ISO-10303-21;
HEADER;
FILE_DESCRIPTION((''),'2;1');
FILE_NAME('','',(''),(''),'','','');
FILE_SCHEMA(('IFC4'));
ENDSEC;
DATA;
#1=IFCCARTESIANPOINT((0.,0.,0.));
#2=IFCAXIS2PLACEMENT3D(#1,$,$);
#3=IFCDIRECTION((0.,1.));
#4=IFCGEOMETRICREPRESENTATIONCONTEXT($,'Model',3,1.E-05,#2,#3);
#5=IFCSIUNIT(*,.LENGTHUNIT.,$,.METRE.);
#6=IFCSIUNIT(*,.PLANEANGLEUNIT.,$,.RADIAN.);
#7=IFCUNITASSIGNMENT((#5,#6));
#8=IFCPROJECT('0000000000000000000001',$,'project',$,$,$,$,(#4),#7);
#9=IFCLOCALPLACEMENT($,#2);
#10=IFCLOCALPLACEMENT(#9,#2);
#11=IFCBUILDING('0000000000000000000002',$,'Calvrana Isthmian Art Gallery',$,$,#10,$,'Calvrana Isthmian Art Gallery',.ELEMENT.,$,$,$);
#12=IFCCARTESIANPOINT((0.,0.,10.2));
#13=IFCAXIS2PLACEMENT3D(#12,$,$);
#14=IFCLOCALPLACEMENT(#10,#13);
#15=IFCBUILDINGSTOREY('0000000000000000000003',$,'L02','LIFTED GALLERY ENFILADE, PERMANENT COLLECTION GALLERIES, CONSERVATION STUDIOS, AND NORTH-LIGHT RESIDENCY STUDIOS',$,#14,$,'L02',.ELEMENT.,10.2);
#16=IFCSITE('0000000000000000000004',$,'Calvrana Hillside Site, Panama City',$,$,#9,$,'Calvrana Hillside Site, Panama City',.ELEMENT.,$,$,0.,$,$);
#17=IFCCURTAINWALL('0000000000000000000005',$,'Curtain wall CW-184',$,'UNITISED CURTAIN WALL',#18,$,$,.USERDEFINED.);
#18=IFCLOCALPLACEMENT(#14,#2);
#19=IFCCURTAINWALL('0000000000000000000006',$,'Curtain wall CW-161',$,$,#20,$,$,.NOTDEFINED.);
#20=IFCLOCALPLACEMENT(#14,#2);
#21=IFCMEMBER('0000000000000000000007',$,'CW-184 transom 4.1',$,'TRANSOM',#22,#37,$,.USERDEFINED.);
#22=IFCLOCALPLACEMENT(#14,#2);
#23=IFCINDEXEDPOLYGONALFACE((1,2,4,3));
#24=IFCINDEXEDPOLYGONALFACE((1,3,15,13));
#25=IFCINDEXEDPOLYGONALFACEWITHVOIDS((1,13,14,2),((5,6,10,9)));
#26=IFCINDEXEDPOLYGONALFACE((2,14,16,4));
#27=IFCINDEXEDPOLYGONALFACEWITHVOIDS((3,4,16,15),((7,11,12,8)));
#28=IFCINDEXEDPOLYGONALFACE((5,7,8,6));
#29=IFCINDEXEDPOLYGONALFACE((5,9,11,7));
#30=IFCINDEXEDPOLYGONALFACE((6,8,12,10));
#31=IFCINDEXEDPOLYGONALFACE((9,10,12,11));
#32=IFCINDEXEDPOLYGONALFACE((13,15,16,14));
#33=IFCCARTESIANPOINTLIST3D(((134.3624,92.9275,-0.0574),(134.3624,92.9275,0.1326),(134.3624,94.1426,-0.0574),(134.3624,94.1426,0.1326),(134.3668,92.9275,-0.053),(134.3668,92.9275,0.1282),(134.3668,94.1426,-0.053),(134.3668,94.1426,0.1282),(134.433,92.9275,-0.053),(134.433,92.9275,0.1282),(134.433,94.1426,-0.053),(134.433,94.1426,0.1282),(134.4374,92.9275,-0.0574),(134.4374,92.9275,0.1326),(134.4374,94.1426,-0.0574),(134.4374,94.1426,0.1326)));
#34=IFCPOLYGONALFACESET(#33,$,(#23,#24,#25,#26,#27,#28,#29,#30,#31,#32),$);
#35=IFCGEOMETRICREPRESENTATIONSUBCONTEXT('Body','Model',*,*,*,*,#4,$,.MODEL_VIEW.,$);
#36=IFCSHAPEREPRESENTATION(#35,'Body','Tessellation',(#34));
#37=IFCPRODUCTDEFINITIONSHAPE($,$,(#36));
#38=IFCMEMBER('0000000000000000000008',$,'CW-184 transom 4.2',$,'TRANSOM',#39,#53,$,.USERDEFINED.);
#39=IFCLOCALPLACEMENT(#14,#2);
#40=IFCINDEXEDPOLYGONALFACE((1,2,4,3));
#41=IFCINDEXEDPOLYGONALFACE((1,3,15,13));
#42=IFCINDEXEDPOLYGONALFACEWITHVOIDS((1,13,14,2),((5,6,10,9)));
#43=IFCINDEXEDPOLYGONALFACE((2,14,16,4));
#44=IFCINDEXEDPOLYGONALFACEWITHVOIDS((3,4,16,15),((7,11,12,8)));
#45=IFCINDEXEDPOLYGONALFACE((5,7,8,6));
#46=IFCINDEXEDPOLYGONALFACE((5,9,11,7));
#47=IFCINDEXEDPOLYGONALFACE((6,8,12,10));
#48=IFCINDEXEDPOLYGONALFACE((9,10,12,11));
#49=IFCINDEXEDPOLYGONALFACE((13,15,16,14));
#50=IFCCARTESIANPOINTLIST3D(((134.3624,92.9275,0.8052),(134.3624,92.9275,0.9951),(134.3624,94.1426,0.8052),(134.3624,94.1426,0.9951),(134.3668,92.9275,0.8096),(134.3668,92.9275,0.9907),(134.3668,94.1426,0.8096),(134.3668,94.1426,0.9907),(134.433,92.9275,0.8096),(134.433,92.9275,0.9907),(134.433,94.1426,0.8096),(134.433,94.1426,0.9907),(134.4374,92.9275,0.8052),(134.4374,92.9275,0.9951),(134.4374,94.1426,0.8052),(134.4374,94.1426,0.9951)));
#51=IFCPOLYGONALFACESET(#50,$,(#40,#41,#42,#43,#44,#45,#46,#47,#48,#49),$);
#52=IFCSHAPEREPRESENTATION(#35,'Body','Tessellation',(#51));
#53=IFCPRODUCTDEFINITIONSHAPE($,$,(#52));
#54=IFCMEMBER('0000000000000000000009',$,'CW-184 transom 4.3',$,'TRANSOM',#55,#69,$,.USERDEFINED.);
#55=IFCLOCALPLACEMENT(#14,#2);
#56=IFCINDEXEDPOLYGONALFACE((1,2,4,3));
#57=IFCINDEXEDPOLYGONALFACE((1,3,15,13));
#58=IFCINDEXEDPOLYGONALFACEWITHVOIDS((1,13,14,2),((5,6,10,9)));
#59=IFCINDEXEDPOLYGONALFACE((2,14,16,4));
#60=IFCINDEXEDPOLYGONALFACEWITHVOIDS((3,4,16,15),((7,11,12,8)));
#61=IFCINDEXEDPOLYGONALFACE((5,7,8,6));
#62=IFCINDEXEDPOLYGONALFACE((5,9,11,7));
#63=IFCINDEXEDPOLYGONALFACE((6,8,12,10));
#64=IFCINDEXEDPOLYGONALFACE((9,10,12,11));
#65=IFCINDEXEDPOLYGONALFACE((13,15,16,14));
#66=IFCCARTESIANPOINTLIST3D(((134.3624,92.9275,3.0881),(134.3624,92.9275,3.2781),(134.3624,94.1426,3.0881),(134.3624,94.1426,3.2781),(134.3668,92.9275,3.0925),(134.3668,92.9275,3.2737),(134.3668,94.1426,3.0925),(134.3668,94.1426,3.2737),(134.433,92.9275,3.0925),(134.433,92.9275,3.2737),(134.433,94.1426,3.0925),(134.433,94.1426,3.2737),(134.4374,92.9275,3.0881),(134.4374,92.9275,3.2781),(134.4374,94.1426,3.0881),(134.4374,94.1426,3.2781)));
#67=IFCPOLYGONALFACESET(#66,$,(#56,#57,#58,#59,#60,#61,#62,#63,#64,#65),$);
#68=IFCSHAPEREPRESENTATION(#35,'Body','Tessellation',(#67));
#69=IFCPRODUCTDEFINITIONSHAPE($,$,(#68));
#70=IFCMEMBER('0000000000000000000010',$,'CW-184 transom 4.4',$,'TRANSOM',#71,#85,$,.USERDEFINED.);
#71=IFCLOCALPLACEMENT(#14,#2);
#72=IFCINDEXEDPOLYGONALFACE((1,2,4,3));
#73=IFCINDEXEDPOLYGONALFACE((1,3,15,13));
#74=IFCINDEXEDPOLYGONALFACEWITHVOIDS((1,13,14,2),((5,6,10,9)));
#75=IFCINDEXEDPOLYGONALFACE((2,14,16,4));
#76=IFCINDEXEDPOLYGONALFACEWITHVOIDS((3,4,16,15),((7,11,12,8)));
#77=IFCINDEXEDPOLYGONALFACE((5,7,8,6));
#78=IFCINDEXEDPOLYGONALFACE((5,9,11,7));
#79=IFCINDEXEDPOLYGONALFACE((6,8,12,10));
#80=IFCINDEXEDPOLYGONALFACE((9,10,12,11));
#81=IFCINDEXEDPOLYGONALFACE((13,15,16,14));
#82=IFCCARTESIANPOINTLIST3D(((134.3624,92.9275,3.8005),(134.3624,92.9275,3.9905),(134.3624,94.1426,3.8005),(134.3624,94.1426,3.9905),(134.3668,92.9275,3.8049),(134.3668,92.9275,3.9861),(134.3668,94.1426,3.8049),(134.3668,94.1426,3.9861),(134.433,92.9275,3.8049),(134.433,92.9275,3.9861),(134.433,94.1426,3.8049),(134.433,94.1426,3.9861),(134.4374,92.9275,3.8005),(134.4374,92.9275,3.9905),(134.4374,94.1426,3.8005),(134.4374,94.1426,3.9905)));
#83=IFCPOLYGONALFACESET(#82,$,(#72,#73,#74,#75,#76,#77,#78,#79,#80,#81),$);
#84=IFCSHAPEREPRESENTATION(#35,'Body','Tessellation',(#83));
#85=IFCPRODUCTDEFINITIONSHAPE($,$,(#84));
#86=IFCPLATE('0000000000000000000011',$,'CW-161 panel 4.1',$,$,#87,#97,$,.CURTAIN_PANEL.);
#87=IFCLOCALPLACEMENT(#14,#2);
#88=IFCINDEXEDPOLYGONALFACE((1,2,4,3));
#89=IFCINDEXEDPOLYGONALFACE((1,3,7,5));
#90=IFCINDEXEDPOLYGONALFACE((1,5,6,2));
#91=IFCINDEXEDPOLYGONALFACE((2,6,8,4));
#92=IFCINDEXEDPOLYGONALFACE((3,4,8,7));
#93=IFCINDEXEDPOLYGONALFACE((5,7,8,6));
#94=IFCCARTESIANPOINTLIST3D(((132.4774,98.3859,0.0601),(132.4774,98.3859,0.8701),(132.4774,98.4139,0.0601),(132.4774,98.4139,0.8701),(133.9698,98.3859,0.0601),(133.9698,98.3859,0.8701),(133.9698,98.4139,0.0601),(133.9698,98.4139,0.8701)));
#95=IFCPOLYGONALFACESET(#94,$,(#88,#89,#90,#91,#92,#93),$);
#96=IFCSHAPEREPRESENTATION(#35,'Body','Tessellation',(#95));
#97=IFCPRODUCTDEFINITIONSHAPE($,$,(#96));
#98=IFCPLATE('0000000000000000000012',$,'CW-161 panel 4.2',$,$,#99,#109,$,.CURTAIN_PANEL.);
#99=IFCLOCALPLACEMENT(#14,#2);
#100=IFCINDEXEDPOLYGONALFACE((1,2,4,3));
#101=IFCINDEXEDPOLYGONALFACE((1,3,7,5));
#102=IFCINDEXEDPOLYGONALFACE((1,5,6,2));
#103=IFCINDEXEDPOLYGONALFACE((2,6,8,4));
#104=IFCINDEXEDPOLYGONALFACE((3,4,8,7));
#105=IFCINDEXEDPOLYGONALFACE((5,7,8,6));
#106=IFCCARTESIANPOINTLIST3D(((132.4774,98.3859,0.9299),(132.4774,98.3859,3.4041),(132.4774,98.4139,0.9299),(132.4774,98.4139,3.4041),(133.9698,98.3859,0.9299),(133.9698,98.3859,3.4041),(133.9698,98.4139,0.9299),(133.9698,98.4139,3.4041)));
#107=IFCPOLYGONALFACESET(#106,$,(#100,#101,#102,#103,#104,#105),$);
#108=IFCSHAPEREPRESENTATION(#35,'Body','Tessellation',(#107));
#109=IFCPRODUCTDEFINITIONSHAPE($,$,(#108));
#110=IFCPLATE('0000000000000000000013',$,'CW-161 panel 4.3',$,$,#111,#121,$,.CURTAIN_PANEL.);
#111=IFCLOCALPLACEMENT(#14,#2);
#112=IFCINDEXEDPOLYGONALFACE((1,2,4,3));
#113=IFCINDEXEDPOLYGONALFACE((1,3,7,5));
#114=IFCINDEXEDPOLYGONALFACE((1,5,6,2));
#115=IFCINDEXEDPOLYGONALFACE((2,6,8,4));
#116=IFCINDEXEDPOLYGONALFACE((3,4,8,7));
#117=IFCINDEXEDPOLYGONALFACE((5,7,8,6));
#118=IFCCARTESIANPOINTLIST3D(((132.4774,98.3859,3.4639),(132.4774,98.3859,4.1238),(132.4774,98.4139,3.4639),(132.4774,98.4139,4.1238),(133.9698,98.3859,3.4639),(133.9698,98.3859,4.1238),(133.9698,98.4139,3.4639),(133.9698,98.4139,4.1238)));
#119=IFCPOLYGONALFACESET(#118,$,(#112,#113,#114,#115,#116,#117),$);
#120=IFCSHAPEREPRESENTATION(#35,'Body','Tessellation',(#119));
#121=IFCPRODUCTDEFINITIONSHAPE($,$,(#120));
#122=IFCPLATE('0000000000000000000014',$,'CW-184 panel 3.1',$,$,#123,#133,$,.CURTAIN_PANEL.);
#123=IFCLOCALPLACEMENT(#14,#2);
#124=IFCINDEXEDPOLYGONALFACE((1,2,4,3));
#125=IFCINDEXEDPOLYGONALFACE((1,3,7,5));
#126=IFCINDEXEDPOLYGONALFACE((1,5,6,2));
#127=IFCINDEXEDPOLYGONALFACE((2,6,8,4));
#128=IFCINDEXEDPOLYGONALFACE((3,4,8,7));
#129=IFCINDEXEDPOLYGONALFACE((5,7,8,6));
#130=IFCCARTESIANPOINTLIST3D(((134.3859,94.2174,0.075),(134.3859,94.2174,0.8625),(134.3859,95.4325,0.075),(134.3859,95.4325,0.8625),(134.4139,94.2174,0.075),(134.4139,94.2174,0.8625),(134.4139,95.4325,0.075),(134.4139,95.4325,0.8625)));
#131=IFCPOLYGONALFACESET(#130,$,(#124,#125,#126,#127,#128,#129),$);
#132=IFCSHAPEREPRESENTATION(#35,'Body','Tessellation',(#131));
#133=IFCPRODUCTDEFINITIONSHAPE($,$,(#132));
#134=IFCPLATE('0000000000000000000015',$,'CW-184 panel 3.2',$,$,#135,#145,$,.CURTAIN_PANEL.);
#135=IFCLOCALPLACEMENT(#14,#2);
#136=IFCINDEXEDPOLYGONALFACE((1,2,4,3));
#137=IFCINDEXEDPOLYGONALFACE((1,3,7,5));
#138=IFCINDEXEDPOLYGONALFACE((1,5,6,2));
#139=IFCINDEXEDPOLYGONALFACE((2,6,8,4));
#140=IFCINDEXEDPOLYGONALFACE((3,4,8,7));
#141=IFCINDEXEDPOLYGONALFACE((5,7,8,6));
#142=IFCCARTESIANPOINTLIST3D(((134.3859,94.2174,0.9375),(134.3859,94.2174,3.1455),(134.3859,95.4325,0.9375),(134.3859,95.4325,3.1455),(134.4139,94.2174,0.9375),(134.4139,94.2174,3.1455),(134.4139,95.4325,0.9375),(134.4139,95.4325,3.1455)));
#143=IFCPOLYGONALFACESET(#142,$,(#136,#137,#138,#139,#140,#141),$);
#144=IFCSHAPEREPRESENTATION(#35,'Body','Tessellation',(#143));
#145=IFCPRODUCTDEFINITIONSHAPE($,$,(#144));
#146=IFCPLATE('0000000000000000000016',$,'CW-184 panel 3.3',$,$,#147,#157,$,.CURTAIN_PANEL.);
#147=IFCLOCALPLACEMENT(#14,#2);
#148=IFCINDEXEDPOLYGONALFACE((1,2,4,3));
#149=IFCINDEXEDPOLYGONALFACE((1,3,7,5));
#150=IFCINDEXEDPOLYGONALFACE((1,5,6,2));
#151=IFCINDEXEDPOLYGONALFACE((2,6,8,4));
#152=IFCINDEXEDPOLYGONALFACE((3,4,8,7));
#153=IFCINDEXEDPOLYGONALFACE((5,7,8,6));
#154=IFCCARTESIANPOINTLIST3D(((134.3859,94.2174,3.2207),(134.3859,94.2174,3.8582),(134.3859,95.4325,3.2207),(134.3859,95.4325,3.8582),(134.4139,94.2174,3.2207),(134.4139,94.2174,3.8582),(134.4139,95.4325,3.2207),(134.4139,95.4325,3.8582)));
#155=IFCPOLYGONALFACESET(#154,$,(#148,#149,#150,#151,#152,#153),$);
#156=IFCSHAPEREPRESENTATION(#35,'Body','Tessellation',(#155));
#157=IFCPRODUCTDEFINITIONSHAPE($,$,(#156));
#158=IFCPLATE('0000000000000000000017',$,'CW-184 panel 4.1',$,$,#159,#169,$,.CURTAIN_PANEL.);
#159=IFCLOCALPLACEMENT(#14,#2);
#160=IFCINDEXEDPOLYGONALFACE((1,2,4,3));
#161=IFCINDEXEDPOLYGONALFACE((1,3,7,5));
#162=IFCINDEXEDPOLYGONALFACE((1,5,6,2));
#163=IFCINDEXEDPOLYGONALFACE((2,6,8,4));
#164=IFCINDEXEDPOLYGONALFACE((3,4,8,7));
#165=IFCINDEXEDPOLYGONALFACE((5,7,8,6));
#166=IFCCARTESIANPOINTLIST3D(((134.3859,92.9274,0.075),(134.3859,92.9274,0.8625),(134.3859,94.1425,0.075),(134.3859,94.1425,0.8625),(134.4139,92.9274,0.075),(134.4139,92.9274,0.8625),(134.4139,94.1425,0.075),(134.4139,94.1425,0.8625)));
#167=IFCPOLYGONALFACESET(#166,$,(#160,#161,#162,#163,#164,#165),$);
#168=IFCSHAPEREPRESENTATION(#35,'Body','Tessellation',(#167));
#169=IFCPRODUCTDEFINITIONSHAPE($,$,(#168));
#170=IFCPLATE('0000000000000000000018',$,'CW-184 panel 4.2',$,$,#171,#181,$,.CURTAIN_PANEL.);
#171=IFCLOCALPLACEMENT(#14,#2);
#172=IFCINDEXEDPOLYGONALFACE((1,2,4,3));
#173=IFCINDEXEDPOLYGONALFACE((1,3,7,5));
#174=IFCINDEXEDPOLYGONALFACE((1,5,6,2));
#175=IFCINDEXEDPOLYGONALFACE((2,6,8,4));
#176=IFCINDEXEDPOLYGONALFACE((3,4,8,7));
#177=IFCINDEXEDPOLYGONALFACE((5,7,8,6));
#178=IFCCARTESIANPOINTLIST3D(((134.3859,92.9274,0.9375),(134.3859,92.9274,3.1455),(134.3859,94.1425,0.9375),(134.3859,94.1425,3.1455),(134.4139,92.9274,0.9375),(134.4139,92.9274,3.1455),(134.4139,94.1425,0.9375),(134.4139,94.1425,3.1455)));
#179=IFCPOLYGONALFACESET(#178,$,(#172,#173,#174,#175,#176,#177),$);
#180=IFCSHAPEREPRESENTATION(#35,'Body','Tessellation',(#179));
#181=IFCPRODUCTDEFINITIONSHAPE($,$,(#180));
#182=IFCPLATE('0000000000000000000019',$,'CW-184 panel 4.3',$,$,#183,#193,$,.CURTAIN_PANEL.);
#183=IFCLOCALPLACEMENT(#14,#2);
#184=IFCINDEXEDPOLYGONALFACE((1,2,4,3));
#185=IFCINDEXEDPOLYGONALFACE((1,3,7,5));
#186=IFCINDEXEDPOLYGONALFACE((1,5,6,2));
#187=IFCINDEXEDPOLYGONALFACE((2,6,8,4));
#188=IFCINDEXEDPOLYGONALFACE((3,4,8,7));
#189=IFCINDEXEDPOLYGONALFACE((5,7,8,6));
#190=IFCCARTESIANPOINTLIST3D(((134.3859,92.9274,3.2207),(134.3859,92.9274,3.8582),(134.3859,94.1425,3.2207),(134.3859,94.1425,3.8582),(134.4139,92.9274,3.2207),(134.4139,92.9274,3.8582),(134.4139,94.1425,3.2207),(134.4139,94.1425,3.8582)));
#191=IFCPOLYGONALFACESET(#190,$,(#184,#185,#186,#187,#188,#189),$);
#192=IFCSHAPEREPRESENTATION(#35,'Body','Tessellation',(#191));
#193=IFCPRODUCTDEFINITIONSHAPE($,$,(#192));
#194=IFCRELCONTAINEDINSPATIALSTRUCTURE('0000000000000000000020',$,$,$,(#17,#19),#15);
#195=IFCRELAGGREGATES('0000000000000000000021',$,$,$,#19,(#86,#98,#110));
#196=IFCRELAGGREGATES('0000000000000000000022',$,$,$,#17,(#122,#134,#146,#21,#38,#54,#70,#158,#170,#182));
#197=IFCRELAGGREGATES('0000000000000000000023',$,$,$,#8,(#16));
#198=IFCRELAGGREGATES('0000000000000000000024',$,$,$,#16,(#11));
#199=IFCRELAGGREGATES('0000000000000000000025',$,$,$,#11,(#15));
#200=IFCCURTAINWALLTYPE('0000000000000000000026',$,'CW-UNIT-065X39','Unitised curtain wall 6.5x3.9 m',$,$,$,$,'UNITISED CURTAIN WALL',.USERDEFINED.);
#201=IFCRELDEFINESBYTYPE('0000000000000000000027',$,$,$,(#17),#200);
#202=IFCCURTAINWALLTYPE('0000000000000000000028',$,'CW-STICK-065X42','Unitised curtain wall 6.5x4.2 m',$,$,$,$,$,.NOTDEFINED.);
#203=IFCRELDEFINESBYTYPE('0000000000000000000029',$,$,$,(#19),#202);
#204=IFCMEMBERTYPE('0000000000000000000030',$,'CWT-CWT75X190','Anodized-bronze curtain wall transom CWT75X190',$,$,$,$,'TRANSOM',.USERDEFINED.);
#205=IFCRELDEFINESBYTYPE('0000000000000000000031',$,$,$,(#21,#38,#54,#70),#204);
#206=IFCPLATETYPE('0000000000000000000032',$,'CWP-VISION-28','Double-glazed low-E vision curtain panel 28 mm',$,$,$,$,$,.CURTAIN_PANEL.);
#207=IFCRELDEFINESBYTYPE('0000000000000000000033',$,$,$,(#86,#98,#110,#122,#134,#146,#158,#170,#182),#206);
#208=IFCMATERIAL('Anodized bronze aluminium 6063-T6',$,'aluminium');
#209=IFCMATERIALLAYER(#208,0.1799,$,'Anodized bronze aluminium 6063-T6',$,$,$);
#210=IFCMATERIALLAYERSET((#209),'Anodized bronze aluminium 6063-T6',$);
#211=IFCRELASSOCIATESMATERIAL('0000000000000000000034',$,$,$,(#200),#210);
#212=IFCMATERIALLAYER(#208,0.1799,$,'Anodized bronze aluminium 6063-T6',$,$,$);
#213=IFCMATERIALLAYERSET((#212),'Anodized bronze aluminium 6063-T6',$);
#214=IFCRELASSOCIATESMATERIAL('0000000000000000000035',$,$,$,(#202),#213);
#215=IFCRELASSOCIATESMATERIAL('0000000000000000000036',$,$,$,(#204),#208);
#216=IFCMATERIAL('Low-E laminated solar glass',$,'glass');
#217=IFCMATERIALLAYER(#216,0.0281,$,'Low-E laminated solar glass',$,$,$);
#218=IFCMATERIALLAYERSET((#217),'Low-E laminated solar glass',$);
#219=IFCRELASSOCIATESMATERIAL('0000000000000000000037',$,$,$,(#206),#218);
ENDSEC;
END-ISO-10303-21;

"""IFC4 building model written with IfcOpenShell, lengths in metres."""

from ifc_helpers import new_model, si_unit, direction, frame, origin, origin_2d, place, context, subcontext, project, spatial, rectangle, hollow_rectangle, extrude, material, layer, layer_set, material_profile, profile_set, type_object, element, aggregate, save


model = new_model("IFC4")

# Units and contexts
model_context = context("Model", 3, precision=1e-05, world=origin(), true_north=direction((0.0, 1.0)))
body_context = subcontext(model_context, "Body", "Model", "MODEL_VIEW")
ifc_project = project(units=[si_unit("LENGTHUNIT", "METRE"), si_unit("PLANEANGLEUNIT", "RADIAN")], contexts=[model_context])

# Site, building, storey
site_placement = place(None, origin())
site = spatial("IfcSite", under=ifc_project, at=site_placement, Name="Calvrana Hillside Site, Panama City", LongName="Calvrana Hillside Site, Panama City", CompositionType="ELEMENT", RefElevation=0.0)
building_placement = place(site_placement, origin())
building = spatial("IfcBuilding", under=site, at=building_placement, Name="Calvrana Isthmian Art Gallery", LongName="Calvrana Isthmian Art Gallery", CompositionType="ELEMENT")
storey_placement = place(building_placement, frame((0.0, 0.0, 10.2)))
storey = spatial("IfcBuildingStorey", under=building, at=storey_placement, Name="L02", Description="LIFTED GALLERY ENFILADE, PERMANENT COLLECTION GALLERIES, CONSERVATION STUDIOS, AND NORTH-LIGHT RESIDENCY STUDIOS", LongName="L02", CompositionType="ELEMENT", Elevation=10.2)

# Curtain wall
ifc_material_1 = material(Name="Anodized bronze aluminium 6063-T6", Category="aluminium")
ifc_layer_1 = layer(ifc_material_1, 0.1799, Name="Anodized bronze aluminium 6063-T6")
ifc_layer_set_1 = layer_set([ifc_layer_1], Name="Anodized bronze aluminium 6063-T6")
curtain_wall_type_1 = type_object("IfcCurtainWallType", Name="CW-UNIT-065X39", Description="Unitised curtain wall 6.5x3.9 m", ElementType="UNITISED CURTAIN WALL", PredefinedType="USERDEFINED", material=ifc_layer_set_1)
curtain_wall_1_placement = place(storey_placement, origin())
curtain_wall_1 = element("IfcCurtainWall", 1, at=curtain_wall_1_placement, inside=storey, type_object=curtain_wall_type_1, Name="Curtain wall CW-184", ObjectType="UNITISED CURTAIN WALL", PredefinedType="USERDEFINED")

# Curtain wall
ifc_layer_2 = layer(ifc_material_1, 0.1799, Name="Anodized bronze aluminium 6063-T6")
ifc_layer_set_2 = layer_set([ifc_layer_2], Name="Anodized bronze aluminium 6063-T6")
curtain_wall_type_2 = type_object("IfcCurtainWallType", Name="CW-STICK-065X42", Description="Unitised curtain wall 6.5x4.2 m", PredefinedType="NOTDEFINED", material=ifc_layer_set_2)
curtain_wall_2_placement = place(storey_placement, origin())
curtain_wall_2 = element("IfcCurtainWall", 2, at=curtain_wall_2_placement, inside=storey, type_object=curtain_wall_type_2, Name="Curtain wall CW-161", PredefinedType="NOTDEFINED")

# Members
ifc_material_profile_1 = material_profile(ifc_material_1, hollow_rectangle(XDim=0.075, YDim=0.1899, WallThickness=0.0044, at=origin_2d()), Name="CWT75X190")
ifc_profile_set_1 = profile_set([ifc_material_profile_1], Name="Anodized bronze aluminium 6063-T6")
member_type_1 = type_object("IfcMemberType", Name="CWT-CWT75X190", Description="Anodized-bronze curtain wall transom CWT75X190", ElementType="TRANSOM", PredefinedType="USERDEFINED", material=ifc_profile_set_1)
member_1_placement = place(storey_placement, frame((134.3999, 94.1426, 0.0376), z_axis=(0.0, -1.0, 0.0), x_axis=(1.0, 0.0, 0.0)))
member_1 = element("IfcMember", 3, at=member_1_placement, type_object=member_type_1, Name="CW-184 transom 4.1", ObjectType="TRANSOM", PredefinedType="USERDEFINED", context=body_context, shape_type="SweptSolid", body=[
    extrude(hollow_rectangle(XDim=0.075, YDim=0.1899, WallThickness=0.0044, at=origin_2d()), origin(), (0.0, 0.0, 1.0), 1.2151),
])
member_2_placement = place(storey_placement, frame((134.3999, 94.1426, 0.9001), z_axis=(0.0, -1.0, 0.0), x_axis=(1.0, 0.0, 0.0)))
member_2 = element("IfcMember", 4, at=member_2_placement, type_object=member_type_1, Name="CW-184 transom 4.2", ObjectType="TRANSOM", PredefinedType="USERDEFINED", context=body_context, shape_type="SweptSolid", body=[
    extrude(hollow_rectangle(XDim=0.075, YDim=0.1899, WallThickness=0.0044, at=origin_2d()), origin(), (0.0, 0.0, 1.0), 1.2151),
])
member_3_placement = place(storey_placement, frame((134.3999, 94.1426, 3.1831), z_axis=(0.0, -1.0, 0.0), x_axis=(1.0, 0.0, 0.0)))
member_3 = element("IfcMember", 5, at=member_3_placement, type_object=member_type_1, Name="CW-184 transom 4.3", ObjectType="TRANSOM", PredefinedType="USERDEFINED", context=body_context, shape_type="SweptSolid", body=[
    extrude(hollow_rectangle(XDim=0.075, YDim=0.1899, WallThickness=0.0044, at=origin_2d()), origin(), (0.0, 0.0, 1.0), 1.2151),
])
member_4_placement = place(storey_placement, frame((134.3999, 94.1426, 3.8955), z_axis=(0.0, -1.0, 0.0), x_axis=(1.0, 0.0, 0.0)))
member_4 = element("IfcMember", 6, at=member_4_placement, type_object=member_type_1, Name="CW-184 transom 4.4", ObjectType="TRANSOM", PredefinedType="USERDEFINED", context=body_context, shape_type="SweptSolid", body=[
    extrude(hollow_rectangle(XDim=0.075, YDim=0.1899, WallThickness=0.0044, at=origin_2d()), origin(), (0.0, 0.0, 1.0), 1.2151),
])

# Plates
ifc_material_2 = material(Name="Low-E laminated solar glass", Category="glass")
ifc_layer_3 = layer(ifc_material_2, 0.0281, Name="Low-E laminated solar glass")
ifc_layer_set_3 = layer_set([ifc_layer_3], Name="Low-E laminated solar glass")
plate_type = type_object("IfcPlateType", Name="CWP-VISION-28", Description="Double-glazed low-E vision curtain panel 28 mm", PredefinedType="CURTAIN_PANEL", material=ifc_layer_set_3)
plate_1_placement = place(storey_placement, frame((133.2236, 98.3999, 0.0601), z_axis=(0.0, 0.0, 1.0), x_axis=(1.0, 0.0, 0.0)))
plate_1 = element("IfcPlate", 7, at=plate_1_placement, type_object=plate_type, Name="CW-161 panel 4.1", PredefinedType="CURTAIN_PANEL", context=body_context, shape_type="SweptSolid", body=[
    extrude(rectangle(XDim=1.4924, YDim=0.0281, at=origin_2d()), origin(), (0.0, 0.0, 1.0), 0.8101),
])
plate_2_placement = place(storey_placement, frame((133.2236, 98.3999, 0.9299), z_axis=(0.0, 0.0, 1.0), x_axis=(1.0, 0.0, 0.0)))
plate_2 = element("IfcPlate", 8, at=plate_2_placement, type_object=plate_type, Name="CW-161 panel 4.2", PredefinedType="CURTAIN_PANEL", context=body_context, shape_type="SweptSolid", body=[
    extrude(rectangle(XDim=1.4924, YDim=0.0281, at=origin_2d()), origin(), (0.0, 0.0, 1.0), 2.4741),
])
plate_3_placement = place(storey_placement, frame((133.2236, 98.3999, 3.4639), z_axis=(0.0, 0.0, 1.0), x_axis=(1.0, 0.0, 0.0)))
plate_3 = element("IfcPlate", 9, at=plate_3_placement, type_object=plate_type, Name="CW-161 panel 4.3", PredefinedType="CURTAIN_PANEL", context=body_context, shape_type="SweptSolid", body=[
    extrude(rectangle(XDim=1.4924, YDim=0.0281, at=origin_2d()), origin(), (0.0, 0.0, 1.0), 0.6599),
])
aggregate(curtain_wall_2, [plate_1, plate_2, plate_3])
plate_4_placement = place(storey_placement, frame((134.3999, 94.825, 0.075), z_axis=(0.0, 0.0, 1.0), x_axis=(0.0, -1.0, 0.0)))
plate_4 = element("IfcPlate", 10, at=plate_4_placement, type_object=plate_type, Name="CW-184 panel 3.1", PredefinedType="CURTAIN_PANEL", context=body_context, shape_type="SweptSolid", body=[
    extrude(rectangle(XDim=1.2151, YDim=0.0281, at=origin_2d()), origin(), (0.0, 0.0, 1.0), 0.7876),
])
plate_5_placement = place(storey_placement, frame((134.3999, 94.825, 0.9375), z_axis=(0.0, 0.0, 1.0), x_axis=(0.0, -1.0, 0.0)))
plate_5 = element("IfcPlate", 11, at=plate_5_placement, type_object=plate_type, Name="CW-184 panel 3.2", PredefinedType="CURTAIN_PANEL", context=body_context, shape_type="SweptSolid", body=[
    extrude(rectangle(XDim=1.2151, YDim=0.0281, at=origin_2d()), origin(), (0.0, 0.0, 1.0), 2.208),
])
plate_6_placement = place(storey_placement, frame((134.3999, 94.825, 3.2207), z_axis=(0.0, 0.0, 1.0), x_axis=(0.0, -1.0, 0.0)))
plate_6 = element("IfcPlate", 12, at=plate_6_placement, type_object=plate_type, Name="CW-184 panel 3.3", PredefinedType="CURTAIN_PANEL", context=body_context, shape_type="SweptSolid", body=[
    extrude(rectangle(XDim=1.2151, YDim=0.0281, at=origin_2d()), origin(), (0.0, 0.0, 1.0), 0.6375),
])
plate_7_placement = place(storey_placement, frame((134.3999, 93.5349, 0.075), z_axis=(0.0, 0.0, 1.0), x_axis=(0.0, -1.0, 0.0)))
plate_7 = element("IfcPlate", 13, at=plate_7_placement, type_object=plate_type, Name="CW-184 panel 4.1", PredefinedType="CURTAIN_PANEL", context=body_context, shape_type="SweptSolid", body=[
    extrude(rectangle(XDim=1.2151, YDim=0.0281, at=origin_2d()), origin(), (0.0, 0.0, 1.0), 0.7876),
])
plate_8_placement = place(storey_placement, frame((134.3999, 93.5349, 0.9375), z_axis=(0.0, 0.0, 1.0), x_axis=(0.0, -1.0, 0.0)))
plate_8 = element("IfcPlate", 14, at=plate_8_placement, type_object=plate_type, Name="CW-184 panel 4.2", PredefinedType="CURTAIN_PANEL", context=body_context, shape_type="SweptSolid", body=[
    extrude(rectangle(XDim=1.2151, YDim=0.0281, at=origin_2d()), origin(), (0.0, 0.0, 1.0), 2.208),
])
plate_9_placement = place(storey_placement, frame((134.3999, 93.5349, 3.2207), z_axis=(0.0, 0.0, 1.0), x_axis=(0.0, -1.0, 0.0)))
plate_9 = element("IfcPlate", 15, at=plate_9_placement, type_object=plate_type, Name="CW-184 panel 4.3", PredefinedType="CURTAIN_PANEL", context=body_context, shape_type="SweptSolid", body=[
    extrude(rectangle(XDim=1.2151, YDim=0.0281, at=origin_2d()), origin(), (0.0, 0.0, 1.0), 0.6375),
])
aggregate(curtain_wall_1, [plate_4, plate_5, plate_6, member_1, member_2, member_3, member_4, plate_7, plate_8, plate_9])

save(model, "model.ifc")
